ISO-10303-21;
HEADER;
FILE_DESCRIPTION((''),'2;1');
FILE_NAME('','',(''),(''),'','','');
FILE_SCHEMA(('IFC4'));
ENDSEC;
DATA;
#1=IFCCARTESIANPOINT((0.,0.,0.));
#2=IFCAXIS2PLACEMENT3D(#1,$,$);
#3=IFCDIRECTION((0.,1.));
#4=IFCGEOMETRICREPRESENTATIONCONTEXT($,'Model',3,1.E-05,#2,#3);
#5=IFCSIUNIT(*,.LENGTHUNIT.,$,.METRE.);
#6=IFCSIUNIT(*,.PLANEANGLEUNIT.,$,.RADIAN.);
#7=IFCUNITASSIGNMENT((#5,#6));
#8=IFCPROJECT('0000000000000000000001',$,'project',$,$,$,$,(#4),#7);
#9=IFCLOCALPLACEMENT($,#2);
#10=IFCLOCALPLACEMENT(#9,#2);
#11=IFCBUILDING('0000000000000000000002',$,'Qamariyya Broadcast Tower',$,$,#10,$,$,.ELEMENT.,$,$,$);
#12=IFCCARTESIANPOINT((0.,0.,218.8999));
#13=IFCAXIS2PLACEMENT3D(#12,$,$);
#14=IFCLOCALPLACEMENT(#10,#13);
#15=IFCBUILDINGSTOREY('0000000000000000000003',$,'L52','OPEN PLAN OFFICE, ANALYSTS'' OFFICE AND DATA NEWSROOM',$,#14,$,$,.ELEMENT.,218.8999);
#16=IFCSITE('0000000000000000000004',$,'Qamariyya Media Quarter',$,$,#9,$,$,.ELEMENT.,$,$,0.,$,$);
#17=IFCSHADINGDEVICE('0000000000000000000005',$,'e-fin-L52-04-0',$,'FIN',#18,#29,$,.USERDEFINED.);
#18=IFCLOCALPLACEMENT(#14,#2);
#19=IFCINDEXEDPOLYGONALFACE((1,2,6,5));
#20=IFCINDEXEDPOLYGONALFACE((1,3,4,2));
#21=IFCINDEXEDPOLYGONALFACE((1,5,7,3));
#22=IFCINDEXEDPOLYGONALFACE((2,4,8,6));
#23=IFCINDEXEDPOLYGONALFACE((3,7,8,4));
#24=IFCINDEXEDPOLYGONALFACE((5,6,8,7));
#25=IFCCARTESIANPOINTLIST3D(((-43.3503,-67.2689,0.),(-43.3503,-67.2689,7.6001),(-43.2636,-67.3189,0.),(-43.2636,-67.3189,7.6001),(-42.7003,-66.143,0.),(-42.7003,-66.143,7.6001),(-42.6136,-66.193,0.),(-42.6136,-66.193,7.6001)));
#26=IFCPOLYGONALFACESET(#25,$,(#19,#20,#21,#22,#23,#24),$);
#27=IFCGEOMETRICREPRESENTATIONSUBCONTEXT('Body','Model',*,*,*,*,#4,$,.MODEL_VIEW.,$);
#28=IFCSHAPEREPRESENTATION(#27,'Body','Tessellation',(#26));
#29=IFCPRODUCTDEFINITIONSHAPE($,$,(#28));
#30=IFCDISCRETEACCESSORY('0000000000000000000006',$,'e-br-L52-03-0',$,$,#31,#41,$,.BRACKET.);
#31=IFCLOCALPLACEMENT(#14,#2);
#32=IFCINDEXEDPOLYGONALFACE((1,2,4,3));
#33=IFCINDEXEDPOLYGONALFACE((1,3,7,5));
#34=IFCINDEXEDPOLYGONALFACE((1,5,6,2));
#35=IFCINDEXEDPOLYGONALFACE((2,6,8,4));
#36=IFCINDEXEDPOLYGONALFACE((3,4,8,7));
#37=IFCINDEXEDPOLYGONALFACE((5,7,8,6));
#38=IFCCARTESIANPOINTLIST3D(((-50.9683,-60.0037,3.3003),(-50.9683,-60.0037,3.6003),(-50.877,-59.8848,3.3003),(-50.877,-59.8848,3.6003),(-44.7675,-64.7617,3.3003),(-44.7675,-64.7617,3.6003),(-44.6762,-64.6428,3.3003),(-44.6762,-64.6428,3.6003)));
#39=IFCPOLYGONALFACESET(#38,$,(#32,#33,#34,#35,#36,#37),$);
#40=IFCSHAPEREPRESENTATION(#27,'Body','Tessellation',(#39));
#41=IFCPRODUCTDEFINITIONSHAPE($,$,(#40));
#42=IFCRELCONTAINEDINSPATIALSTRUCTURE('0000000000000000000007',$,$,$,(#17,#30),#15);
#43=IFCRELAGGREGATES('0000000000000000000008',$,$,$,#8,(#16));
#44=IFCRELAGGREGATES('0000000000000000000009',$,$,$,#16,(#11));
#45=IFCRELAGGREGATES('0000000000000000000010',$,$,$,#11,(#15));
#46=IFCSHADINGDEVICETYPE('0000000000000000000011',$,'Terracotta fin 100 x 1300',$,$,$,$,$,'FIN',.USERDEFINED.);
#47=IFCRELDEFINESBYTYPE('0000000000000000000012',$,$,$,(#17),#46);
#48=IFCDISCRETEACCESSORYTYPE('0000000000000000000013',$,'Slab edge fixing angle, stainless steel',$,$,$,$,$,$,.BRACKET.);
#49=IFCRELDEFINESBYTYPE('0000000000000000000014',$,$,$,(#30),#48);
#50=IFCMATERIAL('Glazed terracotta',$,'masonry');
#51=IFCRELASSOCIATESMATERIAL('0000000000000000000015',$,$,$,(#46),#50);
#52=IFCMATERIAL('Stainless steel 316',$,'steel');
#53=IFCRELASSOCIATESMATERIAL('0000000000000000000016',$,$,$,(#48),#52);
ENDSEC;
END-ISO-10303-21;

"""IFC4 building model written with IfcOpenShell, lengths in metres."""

from ifc_helpers import new_model, si_unit, direction, frame, origin, origin_2d, place, context, subcontext, project, spatial, rectangle, extrude, material, material_profile, profile_set, type_object, element, save


model = new_model("IFC4")

# Units and contexts
model_context = context("Model", 3, precision=1e-05, world=origin(), true_north=direction((0.0, 1.0)))
body_context = subcontext(model_context, "Body", "Model", "MODEL_VIEW")
ifc_project = project(units=[si_unit("LENGTHUNIT", "METRE"), si_unit("PLANEANGLEUNIT", "RADIAN")], contexts=[model_context])

# Site, building, storey
site_placement = place(None, origin())
site = spatial("IfcSite", under=ifc_project, at=site_placement, Name="Qamariyya Media Quarter", CompositionType="ELEMENT", RefElevation=0.0)
building_placement = place(site_placement, origin())
building = spatial("IfcBuilding", under=site, at=building_placement, Name="Qamariyya Broadcast Tower", CompositionType="ELEMENT")
storey_placement = place(building_placement, frame((0.0, 0.0, 218.8999)))
storey = spatial("IfcBuildingStorey", under=building, at=storey_placement, Name="L52", Description="OPEN PLAN OFFICE, ANALYSTS' OFFICE AND DATA NEWSROOM", CompositionType="ELEMENT", Elevation=218.8999)

# Shading device
ifc_material_1 = material(Name="Glazed terracotta", Category="masonry")
ifc_material_profile_1 = material_profile(ifc_material_1, rectangle(XDim=1.3, YDim=0.1001, at=origin_2d()))
ifc_profile_set_1 = profile_set([ifc_material_profile_1], Name="Glazed terracotta")
shading_device_type_1 = type_object("IfcShadingDeviceType", Name="Terracotta fin 100 x 1300", ElementType="FIN", PredefinedType="USERDEFINED", material=ifc_profile_set_1)
for number, where, z_axis, x_axis, name in (
    (1, (-42.9819, -66.731, 0.0), (0.0, 0.0, 1.0), (-0.5, -0.866025, 0.0), "e-fin-L52-04-0"),
):
    element("IfcShadingDevice", number, at=place(storey_placement, frame(where, z_axis=z_axis, x_axis=x_axis)), inside=storey, type_object=shading_device_type_1, Name=name, ObjectType="FIN", PredefinedType="USERDEFINED", context=body_context, shape_type="SweptSolid", body=[
        extrude(rectangle(XDim=1.3, YDim=0.1001, at=origin_2d()), origin(), (0.0, 0.0, 1.0), 7.6001),
    ])

# Discrete accessory
ifc_material_2 = material(Name="Stainless steel 316", Category="steel")
discrete_accessory_type = type_object("IfcDiscreteAccessoryType", Name="Slab edge fixing angle, stainless steel", PredefinedType="BRACKET", material=ifc_material_2)
discrete_accessory_placement = place(storey_placement, frame((-47.8223, -62.3232, 3.3003), z_axis=(0.0, 0.0, 1.0), x_axis=(0.793353, -0.608761, 0.0)))
element("IfcDiscreteAccessory", 2, at=discrete_accessory_placement, inside=storey, type_object=discrete_accessory_type, Name="e-br-L52-03-0", PredefinedType="BRACKET", context=body_context, shape_type="SweptSolid", body=[
    extrude(rectangle(XDim=7.8159, YDim=0.1499, at=origin_2d()), origin(), (0.0, 0.0, 1.0), 0.3),
])

save(model, "model.ifc")
